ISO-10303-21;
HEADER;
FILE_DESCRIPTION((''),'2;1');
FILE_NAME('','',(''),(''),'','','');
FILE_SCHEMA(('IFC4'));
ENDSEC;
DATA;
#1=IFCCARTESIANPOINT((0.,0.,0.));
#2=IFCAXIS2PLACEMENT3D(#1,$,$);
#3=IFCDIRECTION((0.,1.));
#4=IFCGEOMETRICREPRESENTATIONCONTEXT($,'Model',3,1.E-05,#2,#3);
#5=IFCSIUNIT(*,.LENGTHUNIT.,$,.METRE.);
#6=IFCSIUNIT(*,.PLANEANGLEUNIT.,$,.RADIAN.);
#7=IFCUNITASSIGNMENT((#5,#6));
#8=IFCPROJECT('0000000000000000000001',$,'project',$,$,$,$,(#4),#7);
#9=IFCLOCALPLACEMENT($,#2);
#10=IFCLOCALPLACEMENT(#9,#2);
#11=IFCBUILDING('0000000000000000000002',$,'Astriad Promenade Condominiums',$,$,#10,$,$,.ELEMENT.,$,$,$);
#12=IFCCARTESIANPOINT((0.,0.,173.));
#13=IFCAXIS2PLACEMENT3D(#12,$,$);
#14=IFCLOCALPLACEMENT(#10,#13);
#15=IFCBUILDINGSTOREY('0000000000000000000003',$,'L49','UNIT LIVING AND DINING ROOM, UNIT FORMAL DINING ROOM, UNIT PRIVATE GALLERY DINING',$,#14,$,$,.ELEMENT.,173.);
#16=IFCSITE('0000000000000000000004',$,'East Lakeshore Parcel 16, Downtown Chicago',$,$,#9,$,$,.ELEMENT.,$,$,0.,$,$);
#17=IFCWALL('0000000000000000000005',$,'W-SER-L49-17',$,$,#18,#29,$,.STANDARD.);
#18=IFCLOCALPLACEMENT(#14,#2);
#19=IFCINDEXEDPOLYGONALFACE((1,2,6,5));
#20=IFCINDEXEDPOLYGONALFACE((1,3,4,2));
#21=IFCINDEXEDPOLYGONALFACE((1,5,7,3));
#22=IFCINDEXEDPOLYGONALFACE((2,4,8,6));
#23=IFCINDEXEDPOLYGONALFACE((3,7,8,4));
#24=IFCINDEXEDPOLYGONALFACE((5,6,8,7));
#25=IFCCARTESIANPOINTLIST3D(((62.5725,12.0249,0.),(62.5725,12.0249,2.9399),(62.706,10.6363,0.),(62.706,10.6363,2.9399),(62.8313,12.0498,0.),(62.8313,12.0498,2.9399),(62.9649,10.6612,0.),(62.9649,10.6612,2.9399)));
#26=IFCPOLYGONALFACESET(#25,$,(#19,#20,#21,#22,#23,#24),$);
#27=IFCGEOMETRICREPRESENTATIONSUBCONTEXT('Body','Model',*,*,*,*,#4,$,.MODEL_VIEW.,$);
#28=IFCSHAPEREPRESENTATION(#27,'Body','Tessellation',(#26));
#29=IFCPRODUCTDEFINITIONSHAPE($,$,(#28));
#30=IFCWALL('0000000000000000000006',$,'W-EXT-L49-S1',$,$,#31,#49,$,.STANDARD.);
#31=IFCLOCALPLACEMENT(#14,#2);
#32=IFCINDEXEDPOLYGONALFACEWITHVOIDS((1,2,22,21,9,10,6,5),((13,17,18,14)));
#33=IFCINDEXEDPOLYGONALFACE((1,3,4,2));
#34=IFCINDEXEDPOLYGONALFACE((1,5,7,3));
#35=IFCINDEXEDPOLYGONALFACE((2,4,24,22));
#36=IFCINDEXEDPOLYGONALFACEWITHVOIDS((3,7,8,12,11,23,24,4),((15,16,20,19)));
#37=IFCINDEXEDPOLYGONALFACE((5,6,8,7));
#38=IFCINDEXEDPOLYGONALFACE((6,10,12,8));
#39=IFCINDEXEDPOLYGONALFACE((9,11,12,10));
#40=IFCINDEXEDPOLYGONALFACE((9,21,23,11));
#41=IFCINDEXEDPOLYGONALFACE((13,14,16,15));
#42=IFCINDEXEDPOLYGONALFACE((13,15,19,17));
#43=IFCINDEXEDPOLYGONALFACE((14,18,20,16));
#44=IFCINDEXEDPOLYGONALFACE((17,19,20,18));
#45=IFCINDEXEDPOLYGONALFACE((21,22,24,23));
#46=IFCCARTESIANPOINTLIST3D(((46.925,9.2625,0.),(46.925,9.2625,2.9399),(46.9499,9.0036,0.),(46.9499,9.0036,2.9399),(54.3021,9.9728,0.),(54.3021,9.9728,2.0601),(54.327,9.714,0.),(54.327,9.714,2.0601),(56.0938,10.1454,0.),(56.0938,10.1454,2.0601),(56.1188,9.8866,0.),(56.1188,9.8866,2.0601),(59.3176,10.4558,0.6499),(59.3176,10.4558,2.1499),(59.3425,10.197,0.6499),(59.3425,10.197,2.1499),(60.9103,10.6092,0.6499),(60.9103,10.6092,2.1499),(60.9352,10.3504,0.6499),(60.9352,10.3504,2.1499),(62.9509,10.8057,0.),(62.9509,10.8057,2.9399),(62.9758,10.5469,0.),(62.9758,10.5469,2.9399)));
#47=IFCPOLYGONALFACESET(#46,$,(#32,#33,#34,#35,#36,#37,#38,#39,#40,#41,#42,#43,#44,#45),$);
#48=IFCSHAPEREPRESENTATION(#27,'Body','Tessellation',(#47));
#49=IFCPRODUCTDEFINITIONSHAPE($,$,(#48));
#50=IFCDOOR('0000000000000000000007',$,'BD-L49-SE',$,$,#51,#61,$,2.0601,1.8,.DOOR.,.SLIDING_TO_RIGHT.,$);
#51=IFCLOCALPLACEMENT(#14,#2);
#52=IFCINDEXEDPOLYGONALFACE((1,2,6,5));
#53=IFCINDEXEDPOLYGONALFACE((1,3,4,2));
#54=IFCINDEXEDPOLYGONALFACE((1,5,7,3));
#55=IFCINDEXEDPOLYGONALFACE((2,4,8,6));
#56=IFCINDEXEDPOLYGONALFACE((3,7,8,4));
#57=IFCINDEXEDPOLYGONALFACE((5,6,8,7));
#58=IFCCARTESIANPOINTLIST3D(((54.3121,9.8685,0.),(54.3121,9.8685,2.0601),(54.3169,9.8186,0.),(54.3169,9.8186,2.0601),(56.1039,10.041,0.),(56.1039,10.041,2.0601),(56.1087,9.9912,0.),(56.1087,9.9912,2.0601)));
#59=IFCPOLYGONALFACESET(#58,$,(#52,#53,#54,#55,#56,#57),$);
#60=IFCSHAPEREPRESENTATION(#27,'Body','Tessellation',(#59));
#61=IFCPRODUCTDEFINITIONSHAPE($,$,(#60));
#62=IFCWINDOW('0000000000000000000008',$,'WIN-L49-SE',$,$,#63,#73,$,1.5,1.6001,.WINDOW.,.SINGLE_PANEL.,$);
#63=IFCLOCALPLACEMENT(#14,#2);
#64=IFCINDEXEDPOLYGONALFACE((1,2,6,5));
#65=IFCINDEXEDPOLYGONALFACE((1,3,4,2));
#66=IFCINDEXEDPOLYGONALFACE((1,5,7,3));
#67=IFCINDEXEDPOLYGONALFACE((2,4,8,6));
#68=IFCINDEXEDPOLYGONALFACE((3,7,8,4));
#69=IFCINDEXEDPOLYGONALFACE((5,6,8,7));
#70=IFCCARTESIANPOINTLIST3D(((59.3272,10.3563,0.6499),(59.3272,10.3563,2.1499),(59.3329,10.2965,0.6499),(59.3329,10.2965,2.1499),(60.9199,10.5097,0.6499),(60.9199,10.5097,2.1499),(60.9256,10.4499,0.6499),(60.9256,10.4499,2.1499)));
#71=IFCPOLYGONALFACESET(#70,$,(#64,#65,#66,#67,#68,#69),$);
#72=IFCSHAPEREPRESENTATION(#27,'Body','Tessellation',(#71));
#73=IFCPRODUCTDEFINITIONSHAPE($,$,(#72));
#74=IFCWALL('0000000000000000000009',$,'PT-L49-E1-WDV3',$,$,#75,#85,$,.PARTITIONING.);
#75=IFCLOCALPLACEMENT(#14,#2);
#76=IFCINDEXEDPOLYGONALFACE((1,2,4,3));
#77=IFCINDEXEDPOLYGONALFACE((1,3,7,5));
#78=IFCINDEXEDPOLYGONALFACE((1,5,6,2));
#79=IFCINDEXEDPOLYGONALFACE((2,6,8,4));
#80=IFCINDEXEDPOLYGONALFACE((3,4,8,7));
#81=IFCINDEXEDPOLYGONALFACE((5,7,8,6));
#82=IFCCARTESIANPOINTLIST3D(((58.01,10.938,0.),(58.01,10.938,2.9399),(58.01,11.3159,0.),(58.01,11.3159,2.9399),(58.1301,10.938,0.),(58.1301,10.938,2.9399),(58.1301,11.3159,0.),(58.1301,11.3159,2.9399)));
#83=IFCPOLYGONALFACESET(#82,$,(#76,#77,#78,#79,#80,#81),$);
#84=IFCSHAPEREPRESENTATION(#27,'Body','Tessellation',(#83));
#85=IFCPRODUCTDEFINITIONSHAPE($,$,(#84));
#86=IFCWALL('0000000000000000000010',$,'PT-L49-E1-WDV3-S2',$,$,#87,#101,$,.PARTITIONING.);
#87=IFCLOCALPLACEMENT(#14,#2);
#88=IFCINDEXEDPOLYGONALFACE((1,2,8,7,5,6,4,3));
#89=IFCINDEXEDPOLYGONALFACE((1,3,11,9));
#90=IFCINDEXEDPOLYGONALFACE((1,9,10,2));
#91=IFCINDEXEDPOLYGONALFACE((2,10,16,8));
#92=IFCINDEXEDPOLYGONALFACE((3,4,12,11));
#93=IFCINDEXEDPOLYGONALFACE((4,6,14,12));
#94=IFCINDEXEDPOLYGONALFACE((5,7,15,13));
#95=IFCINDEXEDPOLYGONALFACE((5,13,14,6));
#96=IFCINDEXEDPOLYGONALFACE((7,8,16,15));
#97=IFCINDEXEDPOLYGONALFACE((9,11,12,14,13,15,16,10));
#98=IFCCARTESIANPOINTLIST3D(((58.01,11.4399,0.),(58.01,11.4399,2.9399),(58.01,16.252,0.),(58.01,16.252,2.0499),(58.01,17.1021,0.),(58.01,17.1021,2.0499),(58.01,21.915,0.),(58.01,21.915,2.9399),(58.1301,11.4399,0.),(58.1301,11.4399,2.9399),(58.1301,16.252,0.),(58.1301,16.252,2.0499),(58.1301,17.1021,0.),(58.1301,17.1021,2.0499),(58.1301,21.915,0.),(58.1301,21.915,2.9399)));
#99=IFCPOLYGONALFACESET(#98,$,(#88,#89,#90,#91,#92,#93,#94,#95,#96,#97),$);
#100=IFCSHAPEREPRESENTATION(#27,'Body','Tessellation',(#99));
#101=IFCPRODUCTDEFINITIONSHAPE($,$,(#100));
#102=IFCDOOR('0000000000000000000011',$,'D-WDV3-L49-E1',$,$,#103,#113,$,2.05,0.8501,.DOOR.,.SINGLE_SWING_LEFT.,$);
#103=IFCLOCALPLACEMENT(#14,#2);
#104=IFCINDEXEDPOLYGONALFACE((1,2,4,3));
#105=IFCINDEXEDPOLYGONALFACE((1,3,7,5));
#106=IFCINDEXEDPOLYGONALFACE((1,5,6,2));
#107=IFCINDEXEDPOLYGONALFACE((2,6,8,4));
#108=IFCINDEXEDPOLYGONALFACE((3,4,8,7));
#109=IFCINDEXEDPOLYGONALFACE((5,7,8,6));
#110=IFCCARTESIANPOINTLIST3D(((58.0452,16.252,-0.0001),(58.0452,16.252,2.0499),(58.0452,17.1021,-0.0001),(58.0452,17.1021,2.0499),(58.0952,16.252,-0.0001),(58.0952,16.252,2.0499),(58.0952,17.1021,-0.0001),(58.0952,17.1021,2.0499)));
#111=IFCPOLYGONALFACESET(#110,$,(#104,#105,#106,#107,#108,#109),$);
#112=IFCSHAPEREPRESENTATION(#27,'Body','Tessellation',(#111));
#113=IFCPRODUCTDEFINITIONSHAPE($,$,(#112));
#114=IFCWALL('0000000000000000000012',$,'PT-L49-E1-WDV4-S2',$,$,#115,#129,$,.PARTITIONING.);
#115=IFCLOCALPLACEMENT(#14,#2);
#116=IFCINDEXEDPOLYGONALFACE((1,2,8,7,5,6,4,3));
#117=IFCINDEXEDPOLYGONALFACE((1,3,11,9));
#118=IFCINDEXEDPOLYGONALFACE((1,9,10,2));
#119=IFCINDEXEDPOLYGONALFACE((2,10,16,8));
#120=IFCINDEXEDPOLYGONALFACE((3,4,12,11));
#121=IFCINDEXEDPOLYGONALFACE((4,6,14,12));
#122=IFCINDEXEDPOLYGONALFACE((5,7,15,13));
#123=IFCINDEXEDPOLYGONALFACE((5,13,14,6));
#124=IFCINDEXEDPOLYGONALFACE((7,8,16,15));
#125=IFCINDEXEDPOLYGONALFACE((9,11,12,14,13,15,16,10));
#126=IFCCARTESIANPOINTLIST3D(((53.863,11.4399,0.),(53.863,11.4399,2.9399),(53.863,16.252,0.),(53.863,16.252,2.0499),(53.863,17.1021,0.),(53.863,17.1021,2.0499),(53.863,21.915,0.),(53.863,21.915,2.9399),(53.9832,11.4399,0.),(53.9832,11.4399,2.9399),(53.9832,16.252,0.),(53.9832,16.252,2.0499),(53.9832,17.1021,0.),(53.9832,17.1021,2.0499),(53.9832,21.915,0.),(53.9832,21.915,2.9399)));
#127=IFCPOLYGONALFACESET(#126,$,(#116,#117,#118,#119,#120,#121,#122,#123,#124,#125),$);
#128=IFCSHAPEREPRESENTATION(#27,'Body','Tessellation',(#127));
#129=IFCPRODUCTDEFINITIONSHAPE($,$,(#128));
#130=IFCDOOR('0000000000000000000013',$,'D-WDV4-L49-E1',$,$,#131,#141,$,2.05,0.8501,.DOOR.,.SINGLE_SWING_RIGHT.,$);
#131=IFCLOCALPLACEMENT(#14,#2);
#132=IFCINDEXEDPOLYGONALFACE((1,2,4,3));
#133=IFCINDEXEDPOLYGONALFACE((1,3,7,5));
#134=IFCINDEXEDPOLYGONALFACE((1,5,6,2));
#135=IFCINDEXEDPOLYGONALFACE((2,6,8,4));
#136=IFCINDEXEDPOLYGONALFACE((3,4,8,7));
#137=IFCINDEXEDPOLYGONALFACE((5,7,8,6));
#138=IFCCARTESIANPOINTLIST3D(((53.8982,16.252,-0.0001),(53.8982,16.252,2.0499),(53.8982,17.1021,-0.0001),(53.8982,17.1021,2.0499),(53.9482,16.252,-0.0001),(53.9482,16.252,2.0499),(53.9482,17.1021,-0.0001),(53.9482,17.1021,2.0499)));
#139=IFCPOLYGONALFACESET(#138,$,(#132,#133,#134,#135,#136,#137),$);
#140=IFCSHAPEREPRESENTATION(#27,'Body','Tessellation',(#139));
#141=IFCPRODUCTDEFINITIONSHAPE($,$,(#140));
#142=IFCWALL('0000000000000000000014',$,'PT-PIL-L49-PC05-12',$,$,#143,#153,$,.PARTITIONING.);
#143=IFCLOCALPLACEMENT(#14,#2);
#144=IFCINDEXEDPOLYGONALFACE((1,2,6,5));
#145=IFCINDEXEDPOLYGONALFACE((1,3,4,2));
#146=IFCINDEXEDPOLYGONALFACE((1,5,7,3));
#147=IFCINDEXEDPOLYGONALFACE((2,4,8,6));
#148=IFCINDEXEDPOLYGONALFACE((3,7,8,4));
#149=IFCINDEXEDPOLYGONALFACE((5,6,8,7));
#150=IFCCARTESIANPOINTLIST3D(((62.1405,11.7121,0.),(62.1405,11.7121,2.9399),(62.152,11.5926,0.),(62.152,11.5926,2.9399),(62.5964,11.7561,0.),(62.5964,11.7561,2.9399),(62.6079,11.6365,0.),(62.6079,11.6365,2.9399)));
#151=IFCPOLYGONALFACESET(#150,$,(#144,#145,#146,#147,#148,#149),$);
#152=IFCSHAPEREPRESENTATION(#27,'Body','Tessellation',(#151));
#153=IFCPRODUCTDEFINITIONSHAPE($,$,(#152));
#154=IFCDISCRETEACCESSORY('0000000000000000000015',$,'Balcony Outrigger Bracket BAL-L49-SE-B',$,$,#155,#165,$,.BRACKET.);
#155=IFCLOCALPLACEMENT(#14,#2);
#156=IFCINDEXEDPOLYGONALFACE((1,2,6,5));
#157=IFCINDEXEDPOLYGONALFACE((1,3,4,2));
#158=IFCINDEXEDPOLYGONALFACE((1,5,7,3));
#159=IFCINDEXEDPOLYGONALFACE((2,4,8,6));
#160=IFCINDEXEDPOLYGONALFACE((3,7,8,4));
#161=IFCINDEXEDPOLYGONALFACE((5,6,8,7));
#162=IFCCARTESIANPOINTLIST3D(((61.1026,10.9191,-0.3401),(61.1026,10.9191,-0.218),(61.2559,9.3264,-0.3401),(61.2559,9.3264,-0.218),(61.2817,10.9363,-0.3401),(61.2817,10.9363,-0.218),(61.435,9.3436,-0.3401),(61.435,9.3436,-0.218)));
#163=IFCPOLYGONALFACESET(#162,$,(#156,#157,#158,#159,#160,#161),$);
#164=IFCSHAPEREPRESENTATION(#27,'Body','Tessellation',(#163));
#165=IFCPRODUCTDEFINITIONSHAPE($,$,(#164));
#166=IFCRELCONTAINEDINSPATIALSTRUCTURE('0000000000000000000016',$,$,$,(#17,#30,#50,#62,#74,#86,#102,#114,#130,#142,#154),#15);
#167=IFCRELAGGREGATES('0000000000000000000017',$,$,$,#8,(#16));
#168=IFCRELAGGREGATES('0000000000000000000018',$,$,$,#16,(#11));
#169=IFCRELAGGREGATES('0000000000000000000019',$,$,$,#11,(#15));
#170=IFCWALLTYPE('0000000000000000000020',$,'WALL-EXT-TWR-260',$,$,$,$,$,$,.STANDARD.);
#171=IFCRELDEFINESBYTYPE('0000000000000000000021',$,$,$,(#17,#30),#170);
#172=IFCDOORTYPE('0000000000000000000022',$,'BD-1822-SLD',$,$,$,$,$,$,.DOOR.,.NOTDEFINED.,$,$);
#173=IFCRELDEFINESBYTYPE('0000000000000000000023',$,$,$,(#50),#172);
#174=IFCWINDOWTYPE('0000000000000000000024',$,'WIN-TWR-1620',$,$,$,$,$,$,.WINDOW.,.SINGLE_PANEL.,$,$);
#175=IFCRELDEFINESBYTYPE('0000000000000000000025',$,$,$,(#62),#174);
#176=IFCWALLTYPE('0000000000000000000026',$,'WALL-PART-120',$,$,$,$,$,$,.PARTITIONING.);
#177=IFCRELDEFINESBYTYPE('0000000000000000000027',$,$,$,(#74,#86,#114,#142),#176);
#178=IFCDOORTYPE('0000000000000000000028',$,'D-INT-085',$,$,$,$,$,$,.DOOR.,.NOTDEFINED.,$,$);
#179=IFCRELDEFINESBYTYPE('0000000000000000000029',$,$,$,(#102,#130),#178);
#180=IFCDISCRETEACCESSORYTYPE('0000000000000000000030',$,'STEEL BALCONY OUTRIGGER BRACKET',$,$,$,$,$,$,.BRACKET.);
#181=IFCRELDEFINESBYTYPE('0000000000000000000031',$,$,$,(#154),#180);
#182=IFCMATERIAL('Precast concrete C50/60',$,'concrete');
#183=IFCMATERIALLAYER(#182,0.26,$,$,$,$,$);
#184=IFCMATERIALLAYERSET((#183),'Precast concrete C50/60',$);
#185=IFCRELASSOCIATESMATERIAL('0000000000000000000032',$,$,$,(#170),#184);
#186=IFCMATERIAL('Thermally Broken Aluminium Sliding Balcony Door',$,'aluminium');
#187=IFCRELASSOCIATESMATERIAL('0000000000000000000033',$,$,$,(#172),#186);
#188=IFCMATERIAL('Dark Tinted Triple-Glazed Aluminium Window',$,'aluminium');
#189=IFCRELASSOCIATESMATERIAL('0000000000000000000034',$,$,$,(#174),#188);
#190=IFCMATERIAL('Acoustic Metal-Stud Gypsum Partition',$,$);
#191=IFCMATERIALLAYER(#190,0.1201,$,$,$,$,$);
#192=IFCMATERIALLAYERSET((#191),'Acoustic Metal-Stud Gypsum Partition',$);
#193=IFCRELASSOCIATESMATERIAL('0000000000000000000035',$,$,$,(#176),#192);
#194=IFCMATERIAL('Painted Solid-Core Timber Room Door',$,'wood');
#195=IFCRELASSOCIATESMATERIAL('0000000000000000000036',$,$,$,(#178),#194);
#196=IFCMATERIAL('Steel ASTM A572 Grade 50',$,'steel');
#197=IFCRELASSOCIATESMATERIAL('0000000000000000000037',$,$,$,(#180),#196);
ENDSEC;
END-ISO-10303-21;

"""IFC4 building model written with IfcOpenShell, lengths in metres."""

from ifc_helpers import new_model, si_unit, direction, frame, frame_2d, origin, origin_2d, place, context, subcontext, project, spatial, rectangle, extrude, source, transform, mapped, material, layer, layer_set, type_object, type_shapes, element, fill, save


model = new_model("IFC4")

# Units and contexts
model_context = context("Model", 3, precision=1e-05, world=origin(), true_north=direction((0.0, 1.0)))
body_context = subcontext(model_context, "Body", "Model", "MODEL_VIEW")
ifc_project = project(units=[si_unit("LENGTHUNIT", "METRE"), si_unit("PLANEANGLEUNIT", "RADIAN")], contexts=[model_context])

# Site, building, storey
site_placement = place(None, origin())
site = spatial("IfcSite", under=ifc_project, at=site_placement, Name="East Lakeshore Parcel 16, Downtown Chicago", CompositionType="ELEMENT", RefElevation=0.0)
building_placement = place(site_placement, origin())
building = spatial("IfcBuilding", under=site, at=building_placement, Name="Astriad Promenade Condominiums", CompositionType="ELEMENT")
storey_placement = place(building_placement, frame((0.0, 0.0, 173.0)))
storey = spatial("IfcBuildingStorey", under=building, at=storey_placement, Name="L49", Description="UNIT LIVING AND DINING ROOM, UNIT FORMAL DINING ROOM, UNIT PRIVATE GALLERY DINING", CompositionType="ELEMENT", Elevation=173.0)

# Wall
ifc_material_1 = material(Name="Precast concrete C50/60", Category="concrete")
ifc_layer_1 = layer(ifc_material_1, 0.26)
ifc_layer_set_1 = layer_set([ifc_layer_1], Name="Precast concrete C50/60")
wall_type_1 = type_object("IfcWallType", Name="WALL-EXT-TWR-260", PredefinedType="STANDARD", material=ifc_layer_set_1)
for number, where, z_axis, x_axis, name in (
    (1, (62.7019, 12.0374, 0.0), (0.0, 0.0, 1.0), (0.095726, -0.995408, 0.0), "W-SER-L49-17"),
):
    element("IfcWall", number, at=place(storey_placement, frame(where, z_axis=z_axis, x_axis=x_axis)), inside=storey, type_object=wall_type_1, Name=name, PredefinedType="STANDARD", context=body_context, shape_type="SweptSolid", body=[
        extrude(rectangle(XDim=1.395, YDim=0.26, at=frame_2d((0.6975, 0.0))), origin(), (0.0, 0.0, 1.0), 2.9399),
    ])

# Wall, openings, door, window
wall_1_placement = place(storey_placement, frame((62.9634, 10.6763, 0.0), z_axis=(0.0, 0.0, 1.0), x_axis=(-0.995396, -0.095852, 0.0)))
wall_1 = element("IfcWall", 2, at=wall_1_placement, inside=storey, type_object=wall_type_1, Name="W-EXT-L49-S1", PredefinedType="STANDARD", context=body_context, shape_type="SweptSolid", body=[
    extrude(rectangle(XDim=16.1001, YDim=0.26, at=frame_2d((8.05, 0.0))), origin(), (0.0, 0.0, 1.0), 2.9399),
])
opening_1_placement = place(wall_1_placement, frame((6.8889, 0.0, 0.0)))
opening_1 = element("IfcOpeningElement", 3, at=opening_1_placement, cuts=wall_1, PredefinedType="OPENING", context=body_context, shape_type="SweptSolid", body=[
    extrude(rectangle(XDim=1.8, YDim=2.0601, at=frame_2d((0.8999, 1.03))), frame((0.0, 0.1399, 0.0), z_axis=(0.0, -1.0, 0.0), x_axis=(1.0, 0.0, 0.0)), (0.0, 0.0, 1.0), 0.28),
])
opening_2_placement = place(wall_1_placement, frame((2.05, 0.0, 0.6499)))
opening_2 = element("IfcOpeningElement", 4, at=opening_2_placement, cuts=wall_1, PredefinedType="OPENING", context=body_context, shape_type="SweptSolid", body=[
    extrude(rectangle(XDim=1.6001, YDim=1.5, at=frame_2d((0.8, 0.75))), frame((0.0, 0.1399, 0.0), z_axis=(0.0, -1.0, 0.0), x_axis=(1.0, 0.0, 0.0)), (0.0, 0.0, 1.0), 0.28),
])
ifc_material_2 = material(Name="Thermally Broken Aluminium Sliding Balcony Door", Category="aluminium")
door_type_1 = type_object("IfcDoorType", Name="BD-1822-SLD", OperationType="NOTDEFINED", PredefinedType="DOOR", material=ifc_material_2)
shared_shape_1 = source(origin(), body_context, "Body", "SweptSolid", [
    extrude(rectangle(XDim=1.8, YDim=2.0601, at=frame_2d((0.8999, 1.03))), frame((0.0, 0.0249, 0.0), z_axis=(0.0, -1.0, 0.0), x_axis=(1.0, 0.0, 0.0)), (0.0, 0.0, 1.0), 0.05),
])
type_shapes(door_type_1, [shared_shape_1])
door_1_placement = place(opening_1_placement, origin())
door_1 = element("IfcDoor", 5, at=door_1_placement, inside=storey, type_object=door_type_1, Name="BD-L49-SE", OperationType="SLIDING_TO_RIGHT", OverallHeight=2.0601, OverallWidth=1.8, PredefinedType="DOOR", context=body_context, shape_type="MappedRepresentation", body=[
    mapped(shared_shape_1, transform((0.0, 0.0, 0.0), scale=1.0)),
])
fill(opening_1, door_1)
ifc_material_3 = material(Name="Dark Tinted Triple-Glazed Aluminium Window", Category="aluminium")
window_type = type_object("IfcWindowType", Name="WIN-TWR-1620", PartitioningType="SINGLE_PANEL", PredefinedType="WINDOW", material=ifc_material_3)
shared_shape_2 = source(origin(), body_context, "Body", "SweptSolid", [
    extrude(rectangle(XDim=1.6001, YDim=1.5, at=frame_2d((0.8, 0.75))), frame((0.0, 0.03, 0.0), z_axis=(0.0, -1.0, 0.0), x_axis=(1.0, 0.0, 0.0)), (0.0, 0.0, 1.0), 0.0601),
])
type_shapes(window_type, [shared_shape_2])
window_placement = place(opening_2_placement, origin())
window = element("IfcWindow", 6, at=window_placement, inside=storey, type_object=window_type, Name="WIN-L49-SE", OverallHeight=1.5, OverallWidth=1.6001, PartitioningType="SINGLE_PANEL", PredefinedType="WINDOW", context=body_context, shape_type="MappedRepresentation", body=[
    mapped(shared_shape_2, transform((0.0, 0.0, 0.0), scale=1.0)),
])
fill(opening_2, window)

# Wall
ifc_material_4 = material(Name="Acoustic Metal-Stud Gypsum Partition")
ifc_layer_2 = layer(ifc_material_4, 0.1201)
ifc_layer_set_2 = layer_set([ifc_layer_2], Name="Acoustic Metal-Stud Gypsum Partition")
wall_type_2 = type_object("IfcWallType", Name="WALL-PART-120", PredefinedType="PARTITIONING", material=ifc_layer_set_2)
wall_2_placement = place(storey_placement, frame((58.0701, 10.938, 0.0), z_axis=(0.0, 0.0, 1.0), x_axis=(0.0, 1.0, 0.0)))
element("IfcWall", 7, at=wall_2_placement, inside=storey, type_object=wall_type_2, Name="PT-L49-E1-WDV3", PredefinedType="PARTITIONING", context=body_context, shape_type="SweptSolid", body=[
    extrude(rectangle(XDim=0.3779, YDim=0.1201, at=frame_2d((0.189, 0.0))), origin(), (0.0, 0.0, 1.0), 2.9399),
])

# Walls, openings, doors
wall_3_placement = place(storey_placement, frame((58.0701, 11.4399, 0.0), z_axis=(0.0, 0.0, 1.0), x_axis=(0.0, 1.0, 0.0)))
wall_3 = element("IfcWall", 8, at=wall_3_placement, inside=storey, type_object=wall_type_2, Name="PT-L49-E1-WDV3-S2", PredefinedType="PARTITIONING", context=body_context, shape_type="SweptSolid", body=[
    extrude(rectangle(XDim=10.4751, YDim=0.1201, at=frame_2d((5.2375, 0.0))), origin(), (0.0, 0.0, 1.0), 2.9399),
])
opening_3_placement = place(wall_3_placement, frame((4.812, 0.0, 0.0)))
opening_3 = element("IfcOpeningElement", 9, at=opening_3_placement, cuts=wall_3, PredefinedType="OPENING", context=body_context, shape_type="SweptSolid", body=[
    extrude(rectangle(XDim=0.8501, YDim=2.05, at=frame_2d((0.425, 1.0249))), frame((0.0, 0.0701, 0.0), z_axis=(0.0, -1.0, 0.0), x_axis=(1.0, 0.0, 0.0)), (0.0, 0.0, 1.0), 0.1401),
])
ifc_material_5 = material(Name="Painted Solid-Core Timber Room Door", Category="wood")
door_type_2 = type_object("IfcDoorType", Name="D-INT-085", OperationType="NOTDEFINED", PredefinedType="DOOR", material=ifc_material_5)
shared_shape_3 = source(origin(), body_context, "Body", "SweptSolid", [
    extrude(rectangle(XDim=0.8501, YDim=2.05, at=frame_2d((0.425, 1.0249))), frame((0.0, 0.0249, 0.0), z_axis=(0.0, -1.0, 0.0), x_axis=(1.0, 0.0, 0.0)), (0.0, 0.0, 1.0), 0.05),
])
type_shapes(door_type_2, [shared_shape_3])
door_2_placement = place(opening_3_placement, origin())
door_2 = element("IfcDoor", 10, at=door_2_placement, inside=storey, type_object=door_type_2, Name="D-WDV3-L49-E1", OperationType="SINGLE_SWING_LEFT", OverallHeight=2.05, OverallWidth=0.8501, PredefinedType="DOOR", context=body_context, shape_type="MappedRepresentation", body=[
    mapped(shared_shape_3, transform((0.0, 0.0, 0.0), scale=1.0)),
])
fill(opening_3, door_2)
wall_4_placement = place(storey_placement, frame((53.9231, 11.4399, 0.0), z_axis=(0.0, 0.0, 1.0), x_axis=(0.0, 1.0, 0.0)))
wall_4 = element("IfcWall", 11, at=wall_4_placement, inside=storey, type_object=wall_type_2, Name="PT-L49-E1-WDV4-S2", PredefinedType="PARTITIONING", context=body_context, shape_type="SweptSolid", body=[
    extrude(rectangle(XDim=10.4751, YDim=0.1201, at=frame_2d((5.2375, 0.0))), origin(), (0.0, 0.0, 1.0), 2.9399),
])
opening_4_placement = place(wall_4_placement, frame((4.812, 0.0, 0.0)))
opening_4 = element("IfcOpeningElement", 12, at=opening_4_placement, cuts=wall_4, PredefinedType="OPENING", context=body_context, shape_type="SweptSolid", body=[
    extrude(rectangle(XDim=0.8501, YDim=2.05, at=frame_2d((0.425, 1.0249))), frame((0.0, 0.0701, 0.0), z_axis=(0.0, -1.0, 0.0), x_axis=(1.0, 0.0, 0.0)), (0.0, 0.0, 1.0), 0.1401),
])
door_3_placement = place(opening_4_placement, origin())
door_3 = element("IfcDoor", 13, at=door_3_placement, inside=storey, type_object=door_type_2, Name="D-WDV4-L49-E1", OperationType="SINGLE_SWING_RIGHT", OverallHeight=2.05, OverallWidth=0.8501, PredefinedType="DOOR", context=body_context, shape_type="MappedRepresentation", body=[
    mapped(shared_shape_3, transform((0.0, 0.0, 0.0), scale=1.0)),
])
fill(opening_4, door_3)

# Wall
wall_5_placement = place(storey_placement, frame((62.1462, 11.6523, 0.0), z_axis=(0.0, 0.0, 1.0), x_axis=(0.995385, 0.095966, 0.0)))
element("IfcWall", 14, at=wall_5_placement, inside=storey, type_object=wall_type_2, Name="PT-PIL-L49-PC05-12", PredefinedType="PARTITIONING", context=body_context, shape_type="SweptSolid", body=[
    extrude(rectangle(XDim=0.458, YDim=0.1201, at=frame_2d((0.229, 0.0))), origin(), (0.0, 0.0, 1.0), 2.9399),
])

# Discrete accessory
ifc_material_6 = material(Name="Steel ASTM A572 Grade 50", Category="steel")
discrete_accessory_type = type_object("IfcDiscreteAccessoryType", Name="STEEL BALCONY OUTRIGGER BRACKET", PredefinedType="BRACKET", material=ifc_material_6)
shared_shape_4 = source(origin(), body_context, "Body", "SweptSolid", [
    extrude(rectangle(XDim=1.6001, YDim=0.1799, at=origin_2d()), origin(), (0.0, 0.0, 1.0), 0.1221),
])
type_shapes(discrete_accessory_type, [shared_shape_4])
discrete_accessory_placement = place(storey_placement, frame((61.2688, 10.1313, -0.3401), z_axis=(0.0, 0.0, 1.0), x_axis=(0.095846, -0.995396, 0.0)))
element("IfcDiscreteAccessory", 15, at=discrete_accessory_placement, inside=storey, type_object=discrete_accessory_type, Name="Balcony Outrigger Bracket BAL-L49-SE-B", PredefinedType="BRACKET", context=body_context, shape_type="MappedRepresentation", body=[
    mapped(shared_shape_4, transform((0.0, 0.0, 0.0), scale=1.0)),
])

save(model, "model.ifc")
